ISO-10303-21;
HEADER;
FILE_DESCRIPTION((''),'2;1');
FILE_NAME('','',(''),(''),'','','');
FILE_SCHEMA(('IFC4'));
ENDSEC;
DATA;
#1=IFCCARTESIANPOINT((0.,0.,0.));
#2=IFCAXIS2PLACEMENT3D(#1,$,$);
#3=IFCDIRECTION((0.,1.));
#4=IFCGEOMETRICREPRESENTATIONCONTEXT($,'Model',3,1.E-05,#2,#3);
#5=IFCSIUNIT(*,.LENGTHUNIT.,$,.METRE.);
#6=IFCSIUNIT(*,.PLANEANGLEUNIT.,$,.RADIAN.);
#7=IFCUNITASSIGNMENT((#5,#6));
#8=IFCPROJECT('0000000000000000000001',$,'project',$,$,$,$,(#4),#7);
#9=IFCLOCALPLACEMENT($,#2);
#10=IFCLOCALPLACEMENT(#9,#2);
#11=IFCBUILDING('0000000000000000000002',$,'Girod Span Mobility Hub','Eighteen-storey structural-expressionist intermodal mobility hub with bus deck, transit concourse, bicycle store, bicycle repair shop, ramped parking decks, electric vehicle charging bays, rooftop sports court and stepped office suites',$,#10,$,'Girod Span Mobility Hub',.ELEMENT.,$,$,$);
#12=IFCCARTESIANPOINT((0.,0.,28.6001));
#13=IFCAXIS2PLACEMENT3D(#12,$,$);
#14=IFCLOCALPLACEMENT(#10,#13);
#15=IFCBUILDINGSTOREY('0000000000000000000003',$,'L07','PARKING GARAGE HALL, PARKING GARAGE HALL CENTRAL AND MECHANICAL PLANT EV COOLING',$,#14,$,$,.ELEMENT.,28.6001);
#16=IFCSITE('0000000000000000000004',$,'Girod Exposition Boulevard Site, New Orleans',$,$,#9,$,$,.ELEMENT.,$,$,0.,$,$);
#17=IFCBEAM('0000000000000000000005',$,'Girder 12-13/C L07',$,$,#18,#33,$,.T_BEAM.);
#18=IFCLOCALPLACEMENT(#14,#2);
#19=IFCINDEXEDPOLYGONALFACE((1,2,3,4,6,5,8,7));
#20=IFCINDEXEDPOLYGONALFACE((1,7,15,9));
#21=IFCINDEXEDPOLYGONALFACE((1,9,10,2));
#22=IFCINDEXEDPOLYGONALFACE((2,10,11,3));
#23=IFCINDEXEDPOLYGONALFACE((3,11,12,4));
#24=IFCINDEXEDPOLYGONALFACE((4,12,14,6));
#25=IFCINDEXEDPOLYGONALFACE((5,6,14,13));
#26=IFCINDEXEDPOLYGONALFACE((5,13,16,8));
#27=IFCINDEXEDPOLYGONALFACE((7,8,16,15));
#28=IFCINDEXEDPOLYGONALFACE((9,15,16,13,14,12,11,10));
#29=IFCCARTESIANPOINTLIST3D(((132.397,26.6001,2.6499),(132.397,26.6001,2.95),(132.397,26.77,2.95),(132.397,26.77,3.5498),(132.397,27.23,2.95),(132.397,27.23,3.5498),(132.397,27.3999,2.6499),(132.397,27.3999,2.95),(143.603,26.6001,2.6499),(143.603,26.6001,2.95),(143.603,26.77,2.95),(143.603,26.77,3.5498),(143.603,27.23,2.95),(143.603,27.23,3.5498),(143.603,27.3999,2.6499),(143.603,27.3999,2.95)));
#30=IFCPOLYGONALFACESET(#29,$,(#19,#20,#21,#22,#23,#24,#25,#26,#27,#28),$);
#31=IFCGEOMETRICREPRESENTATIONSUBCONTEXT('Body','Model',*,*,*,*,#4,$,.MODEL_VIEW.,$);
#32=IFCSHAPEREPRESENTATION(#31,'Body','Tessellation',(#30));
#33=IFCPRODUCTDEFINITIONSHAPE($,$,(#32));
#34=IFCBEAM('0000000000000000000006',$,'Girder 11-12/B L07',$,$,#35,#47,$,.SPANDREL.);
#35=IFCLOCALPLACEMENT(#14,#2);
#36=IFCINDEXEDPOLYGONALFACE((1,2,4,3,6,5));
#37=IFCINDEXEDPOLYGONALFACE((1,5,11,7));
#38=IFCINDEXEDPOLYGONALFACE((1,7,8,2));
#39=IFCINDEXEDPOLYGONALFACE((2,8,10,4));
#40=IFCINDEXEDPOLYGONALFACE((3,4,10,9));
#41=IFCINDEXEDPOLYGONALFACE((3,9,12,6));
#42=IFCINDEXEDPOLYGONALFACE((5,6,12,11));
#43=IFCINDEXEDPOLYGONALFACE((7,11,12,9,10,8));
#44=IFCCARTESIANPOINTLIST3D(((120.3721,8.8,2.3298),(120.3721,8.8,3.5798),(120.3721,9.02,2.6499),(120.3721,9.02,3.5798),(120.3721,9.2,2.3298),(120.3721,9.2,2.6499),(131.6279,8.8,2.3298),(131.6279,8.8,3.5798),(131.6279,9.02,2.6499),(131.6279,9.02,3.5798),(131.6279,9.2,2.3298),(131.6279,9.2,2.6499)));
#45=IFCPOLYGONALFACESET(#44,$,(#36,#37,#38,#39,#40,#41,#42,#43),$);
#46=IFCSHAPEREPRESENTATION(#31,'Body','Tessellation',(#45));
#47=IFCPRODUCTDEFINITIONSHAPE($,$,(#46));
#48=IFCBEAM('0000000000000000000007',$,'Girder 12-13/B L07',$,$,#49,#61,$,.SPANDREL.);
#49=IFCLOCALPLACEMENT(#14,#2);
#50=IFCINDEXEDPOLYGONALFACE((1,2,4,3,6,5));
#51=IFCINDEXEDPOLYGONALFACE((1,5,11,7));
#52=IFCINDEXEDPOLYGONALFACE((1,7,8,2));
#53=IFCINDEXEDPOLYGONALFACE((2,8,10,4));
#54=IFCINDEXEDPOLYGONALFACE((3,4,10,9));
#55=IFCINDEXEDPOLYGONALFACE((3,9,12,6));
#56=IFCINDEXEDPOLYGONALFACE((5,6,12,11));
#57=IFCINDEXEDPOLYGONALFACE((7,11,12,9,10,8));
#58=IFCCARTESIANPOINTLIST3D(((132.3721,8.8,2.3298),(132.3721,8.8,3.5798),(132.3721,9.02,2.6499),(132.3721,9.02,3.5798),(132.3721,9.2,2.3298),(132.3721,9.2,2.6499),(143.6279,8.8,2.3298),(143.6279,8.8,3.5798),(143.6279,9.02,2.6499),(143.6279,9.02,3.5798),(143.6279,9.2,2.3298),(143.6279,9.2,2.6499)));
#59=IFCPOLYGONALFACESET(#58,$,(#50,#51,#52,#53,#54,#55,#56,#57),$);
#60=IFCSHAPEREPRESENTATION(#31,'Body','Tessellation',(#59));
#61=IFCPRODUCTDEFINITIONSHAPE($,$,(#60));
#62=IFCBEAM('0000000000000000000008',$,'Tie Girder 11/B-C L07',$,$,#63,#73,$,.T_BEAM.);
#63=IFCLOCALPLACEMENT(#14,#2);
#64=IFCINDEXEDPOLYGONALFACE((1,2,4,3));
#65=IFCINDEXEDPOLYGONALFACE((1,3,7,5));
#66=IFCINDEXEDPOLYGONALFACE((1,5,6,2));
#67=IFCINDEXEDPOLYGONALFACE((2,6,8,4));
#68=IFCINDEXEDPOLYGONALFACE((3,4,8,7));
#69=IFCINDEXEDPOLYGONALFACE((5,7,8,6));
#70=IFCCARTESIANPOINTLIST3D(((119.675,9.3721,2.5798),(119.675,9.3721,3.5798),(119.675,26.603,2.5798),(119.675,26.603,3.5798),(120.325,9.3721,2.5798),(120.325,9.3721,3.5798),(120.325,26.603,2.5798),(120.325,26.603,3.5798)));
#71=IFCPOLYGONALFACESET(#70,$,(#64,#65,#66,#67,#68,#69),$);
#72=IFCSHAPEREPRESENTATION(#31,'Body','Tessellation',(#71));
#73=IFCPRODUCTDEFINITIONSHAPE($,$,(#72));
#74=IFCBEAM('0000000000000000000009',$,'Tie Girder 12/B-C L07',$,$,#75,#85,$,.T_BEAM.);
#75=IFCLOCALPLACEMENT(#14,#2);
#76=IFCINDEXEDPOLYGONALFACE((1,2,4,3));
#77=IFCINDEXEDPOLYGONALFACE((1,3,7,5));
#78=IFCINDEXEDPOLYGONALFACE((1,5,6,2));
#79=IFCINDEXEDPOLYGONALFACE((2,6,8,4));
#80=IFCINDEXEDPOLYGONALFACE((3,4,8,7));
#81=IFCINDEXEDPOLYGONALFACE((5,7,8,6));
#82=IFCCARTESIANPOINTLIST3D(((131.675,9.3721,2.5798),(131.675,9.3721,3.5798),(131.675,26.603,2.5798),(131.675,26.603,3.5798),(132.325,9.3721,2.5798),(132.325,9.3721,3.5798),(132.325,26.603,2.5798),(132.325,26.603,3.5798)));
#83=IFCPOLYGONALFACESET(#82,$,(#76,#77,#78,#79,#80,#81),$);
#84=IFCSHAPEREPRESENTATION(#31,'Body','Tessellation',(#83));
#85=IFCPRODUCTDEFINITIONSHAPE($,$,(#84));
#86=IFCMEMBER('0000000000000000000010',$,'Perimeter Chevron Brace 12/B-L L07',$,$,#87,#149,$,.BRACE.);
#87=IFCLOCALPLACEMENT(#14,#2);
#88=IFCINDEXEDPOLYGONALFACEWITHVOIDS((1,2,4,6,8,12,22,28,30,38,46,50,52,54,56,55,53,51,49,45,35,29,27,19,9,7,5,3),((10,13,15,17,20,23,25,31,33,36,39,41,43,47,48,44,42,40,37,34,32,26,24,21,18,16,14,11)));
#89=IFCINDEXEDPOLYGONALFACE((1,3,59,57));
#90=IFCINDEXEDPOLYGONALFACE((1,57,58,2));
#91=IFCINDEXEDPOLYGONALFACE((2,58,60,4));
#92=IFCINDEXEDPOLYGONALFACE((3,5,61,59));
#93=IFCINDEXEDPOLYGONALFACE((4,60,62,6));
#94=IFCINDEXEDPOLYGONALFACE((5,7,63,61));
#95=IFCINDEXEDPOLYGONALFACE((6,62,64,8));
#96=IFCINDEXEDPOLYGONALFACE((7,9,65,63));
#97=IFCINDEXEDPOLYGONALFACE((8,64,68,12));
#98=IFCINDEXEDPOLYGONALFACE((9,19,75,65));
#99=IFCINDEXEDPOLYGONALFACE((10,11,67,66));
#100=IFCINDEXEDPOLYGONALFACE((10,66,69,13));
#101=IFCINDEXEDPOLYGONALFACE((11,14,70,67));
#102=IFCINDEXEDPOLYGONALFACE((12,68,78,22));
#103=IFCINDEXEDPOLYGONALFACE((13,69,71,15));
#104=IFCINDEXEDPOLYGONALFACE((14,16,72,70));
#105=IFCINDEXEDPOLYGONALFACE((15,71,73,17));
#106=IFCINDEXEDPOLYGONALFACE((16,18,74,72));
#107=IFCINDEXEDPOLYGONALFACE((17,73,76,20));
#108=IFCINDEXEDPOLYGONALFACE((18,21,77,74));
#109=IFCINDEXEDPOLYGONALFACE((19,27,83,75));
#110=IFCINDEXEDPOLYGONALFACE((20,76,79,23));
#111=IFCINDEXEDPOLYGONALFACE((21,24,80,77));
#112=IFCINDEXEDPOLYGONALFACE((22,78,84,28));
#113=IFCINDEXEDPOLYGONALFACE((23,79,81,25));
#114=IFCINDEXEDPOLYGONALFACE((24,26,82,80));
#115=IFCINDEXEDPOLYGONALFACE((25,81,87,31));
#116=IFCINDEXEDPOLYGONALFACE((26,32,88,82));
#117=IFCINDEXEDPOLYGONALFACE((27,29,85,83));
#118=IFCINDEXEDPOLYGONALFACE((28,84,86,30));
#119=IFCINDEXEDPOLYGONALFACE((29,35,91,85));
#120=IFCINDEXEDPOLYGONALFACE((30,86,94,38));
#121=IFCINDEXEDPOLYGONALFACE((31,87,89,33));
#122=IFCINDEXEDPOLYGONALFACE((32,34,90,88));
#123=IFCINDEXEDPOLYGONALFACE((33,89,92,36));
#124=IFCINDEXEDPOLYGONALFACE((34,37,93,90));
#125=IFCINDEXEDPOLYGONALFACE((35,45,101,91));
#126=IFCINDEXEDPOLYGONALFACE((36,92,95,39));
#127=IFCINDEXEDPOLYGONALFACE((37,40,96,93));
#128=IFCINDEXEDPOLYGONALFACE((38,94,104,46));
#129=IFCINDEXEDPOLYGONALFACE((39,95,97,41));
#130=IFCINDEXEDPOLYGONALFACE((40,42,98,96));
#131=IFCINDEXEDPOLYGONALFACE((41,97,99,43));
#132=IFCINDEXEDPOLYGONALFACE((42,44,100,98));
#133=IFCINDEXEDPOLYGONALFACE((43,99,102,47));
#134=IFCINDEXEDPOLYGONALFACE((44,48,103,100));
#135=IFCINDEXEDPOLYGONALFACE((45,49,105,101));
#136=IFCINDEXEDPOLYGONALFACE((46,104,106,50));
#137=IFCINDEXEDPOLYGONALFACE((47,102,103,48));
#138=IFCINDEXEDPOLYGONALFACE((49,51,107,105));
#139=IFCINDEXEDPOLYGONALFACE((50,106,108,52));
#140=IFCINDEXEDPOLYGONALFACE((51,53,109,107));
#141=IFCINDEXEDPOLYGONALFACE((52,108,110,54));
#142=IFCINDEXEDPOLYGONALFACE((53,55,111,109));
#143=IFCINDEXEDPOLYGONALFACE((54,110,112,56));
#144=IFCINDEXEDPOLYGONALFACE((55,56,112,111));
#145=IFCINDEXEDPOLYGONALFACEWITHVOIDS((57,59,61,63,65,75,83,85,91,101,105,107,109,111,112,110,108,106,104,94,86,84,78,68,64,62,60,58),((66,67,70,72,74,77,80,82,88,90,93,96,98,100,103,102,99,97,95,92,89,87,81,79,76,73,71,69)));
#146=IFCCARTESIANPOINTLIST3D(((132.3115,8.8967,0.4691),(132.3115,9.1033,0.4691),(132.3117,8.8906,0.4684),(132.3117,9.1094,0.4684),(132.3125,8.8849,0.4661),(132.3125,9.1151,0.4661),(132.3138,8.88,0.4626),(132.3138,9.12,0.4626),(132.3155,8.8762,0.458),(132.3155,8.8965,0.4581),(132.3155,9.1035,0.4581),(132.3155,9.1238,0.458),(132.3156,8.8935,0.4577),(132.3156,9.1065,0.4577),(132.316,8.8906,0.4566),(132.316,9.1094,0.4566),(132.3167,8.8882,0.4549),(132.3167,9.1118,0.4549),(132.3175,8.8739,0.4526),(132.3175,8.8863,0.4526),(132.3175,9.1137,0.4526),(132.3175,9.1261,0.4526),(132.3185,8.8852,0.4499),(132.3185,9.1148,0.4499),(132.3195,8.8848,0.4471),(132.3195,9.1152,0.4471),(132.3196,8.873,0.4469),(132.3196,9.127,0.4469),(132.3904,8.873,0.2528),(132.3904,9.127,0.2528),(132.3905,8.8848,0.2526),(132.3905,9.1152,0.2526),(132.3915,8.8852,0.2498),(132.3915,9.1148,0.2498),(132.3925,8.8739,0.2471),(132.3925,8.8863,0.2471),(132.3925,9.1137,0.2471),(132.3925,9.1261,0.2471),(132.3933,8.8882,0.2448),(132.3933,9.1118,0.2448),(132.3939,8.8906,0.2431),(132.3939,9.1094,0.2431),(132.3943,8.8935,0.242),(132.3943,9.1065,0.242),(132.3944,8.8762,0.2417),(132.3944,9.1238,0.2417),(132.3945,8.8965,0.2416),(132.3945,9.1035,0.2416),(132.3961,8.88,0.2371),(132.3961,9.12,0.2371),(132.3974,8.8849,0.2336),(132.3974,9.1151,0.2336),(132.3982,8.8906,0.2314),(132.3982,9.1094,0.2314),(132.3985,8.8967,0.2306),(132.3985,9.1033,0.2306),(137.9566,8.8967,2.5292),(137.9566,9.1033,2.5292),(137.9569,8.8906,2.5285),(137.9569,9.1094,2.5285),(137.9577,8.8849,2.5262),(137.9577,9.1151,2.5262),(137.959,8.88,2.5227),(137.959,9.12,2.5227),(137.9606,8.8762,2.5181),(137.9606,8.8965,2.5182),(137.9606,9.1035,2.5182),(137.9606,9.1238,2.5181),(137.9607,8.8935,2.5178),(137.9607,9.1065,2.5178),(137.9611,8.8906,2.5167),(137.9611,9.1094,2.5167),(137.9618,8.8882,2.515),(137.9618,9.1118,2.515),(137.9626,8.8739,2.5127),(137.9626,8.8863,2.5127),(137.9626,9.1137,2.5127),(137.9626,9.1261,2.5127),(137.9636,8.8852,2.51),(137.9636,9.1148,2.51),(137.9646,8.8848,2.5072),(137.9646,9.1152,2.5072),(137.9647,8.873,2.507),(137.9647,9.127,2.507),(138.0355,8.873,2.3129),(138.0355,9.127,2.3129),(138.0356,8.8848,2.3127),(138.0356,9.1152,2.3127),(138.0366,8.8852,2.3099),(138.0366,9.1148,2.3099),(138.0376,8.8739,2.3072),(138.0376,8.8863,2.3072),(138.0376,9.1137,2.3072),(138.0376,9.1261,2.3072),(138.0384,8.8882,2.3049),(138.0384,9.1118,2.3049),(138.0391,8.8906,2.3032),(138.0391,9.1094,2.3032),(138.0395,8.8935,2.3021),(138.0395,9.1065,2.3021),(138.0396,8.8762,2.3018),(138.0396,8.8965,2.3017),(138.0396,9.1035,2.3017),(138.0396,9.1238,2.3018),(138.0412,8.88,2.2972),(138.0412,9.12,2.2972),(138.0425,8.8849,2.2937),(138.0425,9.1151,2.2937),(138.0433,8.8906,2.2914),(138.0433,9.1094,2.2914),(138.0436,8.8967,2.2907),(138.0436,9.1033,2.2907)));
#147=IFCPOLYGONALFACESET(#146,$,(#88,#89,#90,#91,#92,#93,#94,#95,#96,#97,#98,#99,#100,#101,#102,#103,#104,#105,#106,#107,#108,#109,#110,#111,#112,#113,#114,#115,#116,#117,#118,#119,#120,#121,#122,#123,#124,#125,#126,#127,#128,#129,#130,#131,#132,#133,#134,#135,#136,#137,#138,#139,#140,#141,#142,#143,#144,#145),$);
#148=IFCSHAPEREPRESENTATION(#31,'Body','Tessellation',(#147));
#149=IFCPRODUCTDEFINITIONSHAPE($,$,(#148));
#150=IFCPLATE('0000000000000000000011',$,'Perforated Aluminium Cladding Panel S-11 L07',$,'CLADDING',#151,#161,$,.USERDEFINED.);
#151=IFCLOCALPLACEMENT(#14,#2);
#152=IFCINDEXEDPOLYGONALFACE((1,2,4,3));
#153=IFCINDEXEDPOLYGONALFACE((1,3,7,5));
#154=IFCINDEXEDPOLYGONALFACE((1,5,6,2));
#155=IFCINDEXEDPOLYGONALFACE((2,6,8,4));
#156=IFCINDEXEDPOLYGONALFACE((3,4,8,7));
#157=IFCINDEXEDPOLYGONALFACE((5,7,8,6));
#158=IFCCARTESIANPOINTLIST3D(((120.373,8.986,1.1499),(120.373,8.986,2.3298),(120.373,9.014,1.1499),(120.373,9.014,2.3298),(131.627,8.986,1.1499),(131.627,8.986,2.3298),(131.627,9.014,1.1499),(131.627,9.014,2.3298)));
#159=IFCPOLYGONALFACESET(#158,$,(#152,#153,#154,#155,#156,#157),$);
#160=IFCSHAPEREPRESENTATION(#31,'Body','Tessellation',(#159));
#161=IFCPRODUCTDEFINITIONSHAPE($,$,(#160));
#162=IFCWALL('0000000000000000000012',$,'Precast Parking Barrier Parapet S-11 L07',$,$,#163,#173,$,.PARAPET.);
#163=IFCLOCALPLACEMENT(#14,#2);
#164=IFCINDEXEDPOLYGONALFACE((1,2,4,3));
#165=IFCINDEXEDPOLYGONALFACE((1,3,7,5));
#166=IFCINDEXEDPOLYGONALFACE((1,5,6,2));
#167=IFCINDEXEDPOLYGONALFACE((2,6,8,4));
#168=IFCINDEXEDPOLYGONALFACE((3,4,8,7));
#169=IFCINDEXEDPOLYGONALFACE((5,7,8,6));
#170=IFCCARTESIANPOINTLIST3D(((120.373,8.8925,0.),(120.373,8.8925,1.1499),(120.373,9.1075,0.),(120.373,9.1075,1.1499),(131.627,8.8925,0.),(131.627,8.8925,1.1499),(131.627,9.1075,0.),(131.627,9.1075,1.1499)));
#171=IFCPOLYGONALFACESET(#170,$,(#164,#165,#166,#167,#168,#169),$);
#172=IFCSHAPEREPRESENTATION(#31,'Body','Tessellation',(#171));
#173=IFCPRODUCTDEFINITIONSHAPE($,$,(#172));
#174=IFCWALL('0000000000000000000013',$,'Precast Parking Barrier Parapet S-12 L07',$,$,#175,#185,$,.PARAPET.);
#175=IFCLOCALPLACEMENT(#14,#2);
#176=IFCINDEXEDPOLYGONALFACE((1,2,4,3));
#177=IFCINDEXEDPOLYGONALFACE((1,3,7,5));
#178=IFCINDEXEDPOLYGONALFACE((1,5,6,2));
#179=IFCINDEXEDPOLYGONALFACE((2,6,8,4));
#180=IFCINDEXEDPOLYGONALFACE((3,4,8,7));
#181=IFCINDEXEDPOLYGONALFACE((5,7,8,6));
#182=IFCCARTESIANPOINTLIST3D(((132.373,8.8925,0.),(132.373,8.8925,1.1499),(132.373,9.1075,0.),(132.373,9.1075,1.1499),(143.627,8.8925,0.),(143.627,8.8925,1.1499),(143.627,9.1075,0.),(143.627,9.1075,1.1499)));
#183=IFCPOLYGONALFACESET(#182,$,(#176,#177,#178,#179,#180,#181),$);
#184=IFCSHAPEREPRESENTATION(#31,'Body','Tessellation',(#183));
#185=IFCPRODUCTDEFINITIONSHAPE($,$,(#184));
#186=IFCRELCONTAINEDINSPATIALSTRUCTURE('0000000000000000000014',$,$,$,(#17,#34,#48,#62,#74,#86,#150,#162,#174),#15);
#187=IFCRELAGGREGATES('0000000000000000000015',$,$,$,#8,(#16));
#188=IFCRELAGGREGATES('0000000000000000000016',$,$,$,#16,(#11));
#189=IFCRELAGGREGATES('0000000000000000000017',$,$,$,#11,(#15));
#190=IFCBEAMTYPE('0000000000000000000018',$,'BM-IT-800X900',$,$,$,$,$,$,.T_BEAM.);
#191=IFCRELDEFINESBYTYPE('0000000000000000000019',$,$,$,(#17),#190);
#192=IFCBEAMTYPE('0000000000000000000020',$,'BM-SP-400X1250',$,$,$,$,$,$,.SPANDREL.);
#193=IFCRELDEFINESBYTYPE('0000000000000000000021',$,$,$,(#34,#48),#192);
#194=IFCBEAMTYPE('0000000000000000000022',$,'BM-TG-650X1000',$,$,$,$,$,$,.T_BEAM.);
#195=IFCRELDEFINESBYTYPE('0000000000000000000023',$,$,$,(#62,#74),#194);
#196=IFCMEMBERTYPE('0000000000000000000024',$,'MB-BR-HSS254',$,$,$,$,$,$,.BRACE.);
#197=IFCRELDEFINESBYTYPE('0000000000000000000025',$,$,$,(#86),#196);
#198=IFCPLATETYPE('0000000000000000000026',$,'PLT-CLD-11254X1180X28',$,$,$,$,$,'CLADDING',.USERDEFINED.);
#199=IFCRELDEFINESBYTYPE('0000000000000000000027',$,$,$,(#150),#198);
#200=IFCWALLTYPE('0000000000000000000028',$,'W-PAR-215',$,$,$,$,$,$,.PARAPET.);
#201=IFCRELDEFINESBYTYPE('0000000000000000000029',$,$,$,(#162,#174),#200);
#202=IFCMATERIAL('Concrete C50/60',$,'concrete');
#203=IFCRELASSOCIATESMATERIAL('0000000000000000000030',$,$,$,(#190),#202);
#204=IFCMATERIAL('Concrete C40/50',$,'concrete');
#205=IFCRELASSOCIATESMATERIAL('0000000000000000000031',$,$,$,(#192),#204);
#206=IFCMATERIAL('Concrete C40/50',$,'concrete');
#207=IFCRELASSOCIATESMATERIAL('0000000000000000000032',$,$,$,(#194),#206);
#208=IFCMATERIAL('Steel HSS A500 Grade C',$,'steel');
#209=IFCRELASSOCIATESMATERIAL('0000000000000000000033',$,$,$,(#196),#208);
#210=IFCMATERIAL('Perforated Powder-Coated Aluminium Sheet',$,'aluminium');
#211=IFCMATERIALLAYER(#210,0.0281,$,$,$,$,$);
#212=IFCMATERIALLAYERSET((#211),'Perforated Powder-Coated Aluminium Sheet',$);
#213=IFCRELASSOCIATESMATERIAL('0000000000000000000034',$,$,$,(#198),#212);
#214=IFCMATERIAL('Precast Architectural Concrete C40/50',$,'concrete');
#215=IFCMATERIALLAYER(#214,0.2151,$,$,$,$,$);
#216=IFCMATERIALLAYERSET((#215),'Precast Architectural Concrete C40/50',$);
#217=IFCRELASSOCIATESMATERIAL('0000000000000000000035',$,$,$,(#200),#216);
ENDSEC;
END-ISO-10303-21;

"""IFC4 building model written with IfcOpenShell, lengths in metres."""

from ifc_helpers import new_model, si_unit, direction, frame, frame_2d, origin, origin_2d, place, context, subcontext, project, spatial, polyline, rectangle, hollow_rectangle, outline, extrude, material, layer, layer_set, material_profile, profile_set, type_object, element, save


model = new_model("IFC4")

# Units and contexts
model_context = context("Model", 3, precision=1e-05, world=origin(), true_north=direction((0.0, 1.0)))
body_context = subcontext(model_context, "Body", "Model", "MODEL_VIEW")
ifc_project = project(units=[si_unit("LENGTHUNIT", "METRE"), si_unit("PLANEANGLEUNIT", "RADIAN")], contexts=[model_context])

# Site, building, storey
site_placement = place(None, origin())
site = spatial("IfcSite", under=ifc_project, at=site_placement, Name="Girod Exposition Boulevard Site, New Orleans", CompositionType="ELEMENT", RefElevation=0.0)
building_placement = place(site_placement, origin())
building = spatial("IfcBuilding", under=site, at=building_placement, Name="Girod Span Mobility Hub", Description="Eighteen-storey structural-expressionist intermodal mobility hub with bus deck, transit concourse, bicycle store, bicycle repair shop, ramped parking decks, electric vehicle charging bays, rooftop sports court and stepped office suites", LongName="Girod Span Mobility Hub", CompositionType="ELEMENT")
storey_placement = place(building_placement, frame((0.0, 0.0, 28.6001)))
storey = spatial("IfcBuildingStorey", under=building, at=storey_placement, Name="L07", Description="PARKING GARAGE HALL, PARKING GARAGE HALL CENTRAL AND MECHANICAL PLANT EV COOLING", CompositionType="ELEMENT", Elevation=28.6001)

# Beams
ifc_material_1 = material(Name="Concrete C50/60", Category="concrete")
ifc_material_profile_1 = material_profile(ifc_material_1, outline(polyline([(-0.3999, -0.45), (0.3999, -0.45), (0.3999, -0.1499), (0.23, -0.1499), (0.23, 0.45), (-0.23, 0.45), (-0.23, -0.1499), (-0.3999, -0.1499), (-0.3999, -0.45)])), Name="IT-800X900")
ifc_profile_set_1 = profile_set([ifc_material_profile_1], Name="Concrete C50/60")
beam_type_1 = type_object("IfcBeamType", Name="BM-IT-800X900", PredefinedType="T_BEAM", material=ifc_profile_set_1)
for number, where, z_axis, x_axis, name in (
    (1, (132.397, 27.0, 3.0999), (1.0, 0.0, 0.0), (0.0, 1.0, 0.0), "Girder 12-13/C L07"),
):
    element("IfcBeam", number, at=place(storey_placement, frame(where, z_axis=z_axis, x_axis=x_axis)), inside=storey, type_object=beam_type_1, Name=name, PredefinedType="T_BEAM", context=body_context, shape_type="SweptSolid", body=[
        extrude(outline(polyline([(-0.3999, -0.45), (0.3999, -0.45), (0.3999, -0.1499), (0.23, -0.1499), (0.23, 0.45), (-0.23, 0.45), (-0.23, -0.1499), (-0.3999, -0.1499), (-0.3999, -0.45)])), origin(), (0.0, 0.0, 1.0), 11.2061),
    ])
ifc_material_2 = material(Name="Concrete C40/50", Category="concrete")
ifc_material_profile_2 = material_profile(ifc_material_2, outline(polyline([(-0.2, -0.625), (0.2, -0.625), (0.2, -0.3049), (0.02, -0.3049), (0.02, 0.625), (-0.2, 0.625), (-0.2, -0.625)])), Name="SP-400X1250")
ifc_profile_set_2 = profile_set([ifc_material_profile_2], Name="Concrete C40/50")
beam_type_2 = type_object("IfcBeamType", Name="BM-SP-400X1250", PredefinedType="SPANDREL", material=ifc_profile_set_2)
for number, where, z_axis, x_axis, name in (
    (2, (120.3721, 9.0, 2.9548), (1.0, 0.0, 0.0), (0.0, 1.0, 0.0), "Girder 11-12/B L07"),
    (3, (132.3721, 9.0, 2.9548), (1.0, 0.0, 0.0), (0.0, 1.0, 0.0), "Girder 12-13/B L07"),
):
    element("IfcBeam", number, at=place(storey_placement, frame(where, z_axis=z_axis, x_axis=x_axis)), inside=storey, type_object=beam_type_2, Name=name, PredefinedType="SPANDREL", context=body_context, shape_type="SweptSolid", body=[
        extrude(outline(polyline([(-0.2, -0.625), (0.2, -0.625), (0.2, -0.3049), (0.02, -0.3049), (0.02, 0.625), (-0.2, 0.625), (-0.2, -0.625)])), origin(), (0.0, 0.0, 1.0), 11.2559),
    ])
ifc_material_3 = material(Name="Concrete C40/50", Category="concrete")
ifc_material_profile_3 = material_profile(ifc_material_3, rectangle(XDim=0.6499, YDim=1.0, at=origin_2d()), Name="TG-650X1000")
ifc_profile_set_3 = profile_set([ifc_material_profile_3], Name="Concrete C40/50")
beam_type_3 = type_object("IfcBeamType", Name="BM-TG-650X1000", PredefinedType="T_BEAM", material=ifc_profile_set_3)
for number, where, z_axis, x_axis, name in (
    (4, (120.0, 9.3721, 3.0798), (0.0, 1.0, 0.0), (-1.0, 0.0, 0.0), "Tie Girder 11/B-C L07"),
    (5, (132.0, 9.3721, 3.0798), (0.0, 1.0, 0.0), (-1.0, 0.0, 0.0), "Tie Girder 12/B-C L07"),
):
    element("IfcBeam", number, at=place(storey_placement, frame(where, z_axis=z_axis, x_axis=x_axis)), inside=storey, type_object=beam_type_3, Name=name, PredefinedType="T_BEAM", context=body_context, shape_type="SweptSolid", body=[
        extrude(rectangle(XDim=0.6499, YDim=1.0, at=origin_2d()), origin(), (0.0, 0.0, 1.0), 17.231),
    ])

# Member
ifc_material_4 = material(Name="Steel HSS A500 Grade C", Category="steel")
ifc_material_profile_4 = material_profile(ifc_material_4, hollow_rectangle(XDim=0.2539, YDim=0.2539, WallThickness=0.0117, InnerFilletRadius=0.0117, OuterFilletRadius=0.0237, at=origin_2d()), Name="HSS254X254X12.7")
ifc_profile_set_4 = profile_set([ifc_material_profile_4], Name="Steel HSS A500 Grade C")
member_type = type_object("IfcMemberType", Name="MB-BR-HSS254", PredefinedType="BRACE", material=ifc_profile_set_4)
member_placement = place(storey_placement, frame((132.355, 9.0, 0.3499), z_axis=(0.939401, 0.0, 0.342819), x_axis=(0.0, 1.0, 0.0)))
element("IfcMember", 6, at=member_placement, inside=storey, type_object=member_type, Name="Perimeter Chevron Brace 12/B-L L07", PredefinedType="BRACE", context=body_context, shape_type="SweptSolid", body=[
    extrude(hollow_rectangle(XDim=0.2539, YDim=0.2539, WallThickness=0.0117, InnerFilletRadius=0.0117, OuterFilletRadius=0.0237, at=origin_2d()), origin(), (0.0, 0.0, 1.0), 6.0093),
])

# Plate
ifc_material_5 = material(Name="Perforated Powder-Coated Aluminium Sheet", Category="aluminium")
ifc_layer_1 = layer(ifc_material_5, 0.0281)
ifc_layer_set_1 = layer_set([ifc_layer_1], Name="Perforated Powder-Coated Aluminium Sheet")
plate_type = type_object("IfcPlateType", Name="PLT-CLD-11254X1180X28", ElementType="CLADDING", PredefinedType="USERDEFINED", material=ifc_layer_set_1)
plate_placement = place(storey_placement, frame((126.0, 9.0, 1.1499), z_axis=(0.0, 0.0, 1.0), x_axis=(1.0, 0.0, 0.0)))
element("IfcPlate", 7, at=plate_placement, inside=storey, type_object=plate_type, Name="Perforated Aluminium Cladding Panel S-11 L07", ObjectType="CLADDING", PredefinedType="USERDEFINED", context=body_context, shape_type="SweptSolid", body=[
    extrude(rectangle(XDim=11.2539, YDim=0.0281, at=origin_2d()), origin(), (0.0, 0.0, 1.0), 1.1799),
])

# Walls
ifc_material_6 = material(Name="Precast Architectural Concrete C40/50", Category="concrete")
ifc_layer_2 = layer(ifc_material_6, 0.2151)
ifc_layer_set_2 = layer_set([ifc_layer_2], Name="Precast Architectural Concrete C40/50")
wall_type = type_object("IfcWallType", Name="W-PAR-215", PredefinedType="PARAPET", material=ifc_layer_set_2)
for number, where, z_axis, x_axis, name in (
    (8, (120.373, 9.0, 0.0), (0.0, 0.0, 1.0), (1.0, 0.0, 0.0), "Precast Parking Barrier Parapet S-11 L07"),
    (9, (132.373, 9.0, 0.0), (0.0, 0.0, 1.0), (1.0, 0.0, 0.0), "Precast Parking Barrier Parapet S-12 L07"),
):
    element("IfcWall", number, at=place(storey_placement, frame(where, z_axis=z_axis, x_axis=x_axis)), inside=storey, type_object=wall_type, Name=name, PredefinedType="PARAPET", context=body_context, shape_type="SweptSolid", body=[
        extrude(rectangle(XDim=11.2539, YDim=0.2151, at=frame_2d((5.627, 0.0))), origin(), (0.0, 0.0, 1.0), 1.1499),
    ])

save(model, "model.ifc")
